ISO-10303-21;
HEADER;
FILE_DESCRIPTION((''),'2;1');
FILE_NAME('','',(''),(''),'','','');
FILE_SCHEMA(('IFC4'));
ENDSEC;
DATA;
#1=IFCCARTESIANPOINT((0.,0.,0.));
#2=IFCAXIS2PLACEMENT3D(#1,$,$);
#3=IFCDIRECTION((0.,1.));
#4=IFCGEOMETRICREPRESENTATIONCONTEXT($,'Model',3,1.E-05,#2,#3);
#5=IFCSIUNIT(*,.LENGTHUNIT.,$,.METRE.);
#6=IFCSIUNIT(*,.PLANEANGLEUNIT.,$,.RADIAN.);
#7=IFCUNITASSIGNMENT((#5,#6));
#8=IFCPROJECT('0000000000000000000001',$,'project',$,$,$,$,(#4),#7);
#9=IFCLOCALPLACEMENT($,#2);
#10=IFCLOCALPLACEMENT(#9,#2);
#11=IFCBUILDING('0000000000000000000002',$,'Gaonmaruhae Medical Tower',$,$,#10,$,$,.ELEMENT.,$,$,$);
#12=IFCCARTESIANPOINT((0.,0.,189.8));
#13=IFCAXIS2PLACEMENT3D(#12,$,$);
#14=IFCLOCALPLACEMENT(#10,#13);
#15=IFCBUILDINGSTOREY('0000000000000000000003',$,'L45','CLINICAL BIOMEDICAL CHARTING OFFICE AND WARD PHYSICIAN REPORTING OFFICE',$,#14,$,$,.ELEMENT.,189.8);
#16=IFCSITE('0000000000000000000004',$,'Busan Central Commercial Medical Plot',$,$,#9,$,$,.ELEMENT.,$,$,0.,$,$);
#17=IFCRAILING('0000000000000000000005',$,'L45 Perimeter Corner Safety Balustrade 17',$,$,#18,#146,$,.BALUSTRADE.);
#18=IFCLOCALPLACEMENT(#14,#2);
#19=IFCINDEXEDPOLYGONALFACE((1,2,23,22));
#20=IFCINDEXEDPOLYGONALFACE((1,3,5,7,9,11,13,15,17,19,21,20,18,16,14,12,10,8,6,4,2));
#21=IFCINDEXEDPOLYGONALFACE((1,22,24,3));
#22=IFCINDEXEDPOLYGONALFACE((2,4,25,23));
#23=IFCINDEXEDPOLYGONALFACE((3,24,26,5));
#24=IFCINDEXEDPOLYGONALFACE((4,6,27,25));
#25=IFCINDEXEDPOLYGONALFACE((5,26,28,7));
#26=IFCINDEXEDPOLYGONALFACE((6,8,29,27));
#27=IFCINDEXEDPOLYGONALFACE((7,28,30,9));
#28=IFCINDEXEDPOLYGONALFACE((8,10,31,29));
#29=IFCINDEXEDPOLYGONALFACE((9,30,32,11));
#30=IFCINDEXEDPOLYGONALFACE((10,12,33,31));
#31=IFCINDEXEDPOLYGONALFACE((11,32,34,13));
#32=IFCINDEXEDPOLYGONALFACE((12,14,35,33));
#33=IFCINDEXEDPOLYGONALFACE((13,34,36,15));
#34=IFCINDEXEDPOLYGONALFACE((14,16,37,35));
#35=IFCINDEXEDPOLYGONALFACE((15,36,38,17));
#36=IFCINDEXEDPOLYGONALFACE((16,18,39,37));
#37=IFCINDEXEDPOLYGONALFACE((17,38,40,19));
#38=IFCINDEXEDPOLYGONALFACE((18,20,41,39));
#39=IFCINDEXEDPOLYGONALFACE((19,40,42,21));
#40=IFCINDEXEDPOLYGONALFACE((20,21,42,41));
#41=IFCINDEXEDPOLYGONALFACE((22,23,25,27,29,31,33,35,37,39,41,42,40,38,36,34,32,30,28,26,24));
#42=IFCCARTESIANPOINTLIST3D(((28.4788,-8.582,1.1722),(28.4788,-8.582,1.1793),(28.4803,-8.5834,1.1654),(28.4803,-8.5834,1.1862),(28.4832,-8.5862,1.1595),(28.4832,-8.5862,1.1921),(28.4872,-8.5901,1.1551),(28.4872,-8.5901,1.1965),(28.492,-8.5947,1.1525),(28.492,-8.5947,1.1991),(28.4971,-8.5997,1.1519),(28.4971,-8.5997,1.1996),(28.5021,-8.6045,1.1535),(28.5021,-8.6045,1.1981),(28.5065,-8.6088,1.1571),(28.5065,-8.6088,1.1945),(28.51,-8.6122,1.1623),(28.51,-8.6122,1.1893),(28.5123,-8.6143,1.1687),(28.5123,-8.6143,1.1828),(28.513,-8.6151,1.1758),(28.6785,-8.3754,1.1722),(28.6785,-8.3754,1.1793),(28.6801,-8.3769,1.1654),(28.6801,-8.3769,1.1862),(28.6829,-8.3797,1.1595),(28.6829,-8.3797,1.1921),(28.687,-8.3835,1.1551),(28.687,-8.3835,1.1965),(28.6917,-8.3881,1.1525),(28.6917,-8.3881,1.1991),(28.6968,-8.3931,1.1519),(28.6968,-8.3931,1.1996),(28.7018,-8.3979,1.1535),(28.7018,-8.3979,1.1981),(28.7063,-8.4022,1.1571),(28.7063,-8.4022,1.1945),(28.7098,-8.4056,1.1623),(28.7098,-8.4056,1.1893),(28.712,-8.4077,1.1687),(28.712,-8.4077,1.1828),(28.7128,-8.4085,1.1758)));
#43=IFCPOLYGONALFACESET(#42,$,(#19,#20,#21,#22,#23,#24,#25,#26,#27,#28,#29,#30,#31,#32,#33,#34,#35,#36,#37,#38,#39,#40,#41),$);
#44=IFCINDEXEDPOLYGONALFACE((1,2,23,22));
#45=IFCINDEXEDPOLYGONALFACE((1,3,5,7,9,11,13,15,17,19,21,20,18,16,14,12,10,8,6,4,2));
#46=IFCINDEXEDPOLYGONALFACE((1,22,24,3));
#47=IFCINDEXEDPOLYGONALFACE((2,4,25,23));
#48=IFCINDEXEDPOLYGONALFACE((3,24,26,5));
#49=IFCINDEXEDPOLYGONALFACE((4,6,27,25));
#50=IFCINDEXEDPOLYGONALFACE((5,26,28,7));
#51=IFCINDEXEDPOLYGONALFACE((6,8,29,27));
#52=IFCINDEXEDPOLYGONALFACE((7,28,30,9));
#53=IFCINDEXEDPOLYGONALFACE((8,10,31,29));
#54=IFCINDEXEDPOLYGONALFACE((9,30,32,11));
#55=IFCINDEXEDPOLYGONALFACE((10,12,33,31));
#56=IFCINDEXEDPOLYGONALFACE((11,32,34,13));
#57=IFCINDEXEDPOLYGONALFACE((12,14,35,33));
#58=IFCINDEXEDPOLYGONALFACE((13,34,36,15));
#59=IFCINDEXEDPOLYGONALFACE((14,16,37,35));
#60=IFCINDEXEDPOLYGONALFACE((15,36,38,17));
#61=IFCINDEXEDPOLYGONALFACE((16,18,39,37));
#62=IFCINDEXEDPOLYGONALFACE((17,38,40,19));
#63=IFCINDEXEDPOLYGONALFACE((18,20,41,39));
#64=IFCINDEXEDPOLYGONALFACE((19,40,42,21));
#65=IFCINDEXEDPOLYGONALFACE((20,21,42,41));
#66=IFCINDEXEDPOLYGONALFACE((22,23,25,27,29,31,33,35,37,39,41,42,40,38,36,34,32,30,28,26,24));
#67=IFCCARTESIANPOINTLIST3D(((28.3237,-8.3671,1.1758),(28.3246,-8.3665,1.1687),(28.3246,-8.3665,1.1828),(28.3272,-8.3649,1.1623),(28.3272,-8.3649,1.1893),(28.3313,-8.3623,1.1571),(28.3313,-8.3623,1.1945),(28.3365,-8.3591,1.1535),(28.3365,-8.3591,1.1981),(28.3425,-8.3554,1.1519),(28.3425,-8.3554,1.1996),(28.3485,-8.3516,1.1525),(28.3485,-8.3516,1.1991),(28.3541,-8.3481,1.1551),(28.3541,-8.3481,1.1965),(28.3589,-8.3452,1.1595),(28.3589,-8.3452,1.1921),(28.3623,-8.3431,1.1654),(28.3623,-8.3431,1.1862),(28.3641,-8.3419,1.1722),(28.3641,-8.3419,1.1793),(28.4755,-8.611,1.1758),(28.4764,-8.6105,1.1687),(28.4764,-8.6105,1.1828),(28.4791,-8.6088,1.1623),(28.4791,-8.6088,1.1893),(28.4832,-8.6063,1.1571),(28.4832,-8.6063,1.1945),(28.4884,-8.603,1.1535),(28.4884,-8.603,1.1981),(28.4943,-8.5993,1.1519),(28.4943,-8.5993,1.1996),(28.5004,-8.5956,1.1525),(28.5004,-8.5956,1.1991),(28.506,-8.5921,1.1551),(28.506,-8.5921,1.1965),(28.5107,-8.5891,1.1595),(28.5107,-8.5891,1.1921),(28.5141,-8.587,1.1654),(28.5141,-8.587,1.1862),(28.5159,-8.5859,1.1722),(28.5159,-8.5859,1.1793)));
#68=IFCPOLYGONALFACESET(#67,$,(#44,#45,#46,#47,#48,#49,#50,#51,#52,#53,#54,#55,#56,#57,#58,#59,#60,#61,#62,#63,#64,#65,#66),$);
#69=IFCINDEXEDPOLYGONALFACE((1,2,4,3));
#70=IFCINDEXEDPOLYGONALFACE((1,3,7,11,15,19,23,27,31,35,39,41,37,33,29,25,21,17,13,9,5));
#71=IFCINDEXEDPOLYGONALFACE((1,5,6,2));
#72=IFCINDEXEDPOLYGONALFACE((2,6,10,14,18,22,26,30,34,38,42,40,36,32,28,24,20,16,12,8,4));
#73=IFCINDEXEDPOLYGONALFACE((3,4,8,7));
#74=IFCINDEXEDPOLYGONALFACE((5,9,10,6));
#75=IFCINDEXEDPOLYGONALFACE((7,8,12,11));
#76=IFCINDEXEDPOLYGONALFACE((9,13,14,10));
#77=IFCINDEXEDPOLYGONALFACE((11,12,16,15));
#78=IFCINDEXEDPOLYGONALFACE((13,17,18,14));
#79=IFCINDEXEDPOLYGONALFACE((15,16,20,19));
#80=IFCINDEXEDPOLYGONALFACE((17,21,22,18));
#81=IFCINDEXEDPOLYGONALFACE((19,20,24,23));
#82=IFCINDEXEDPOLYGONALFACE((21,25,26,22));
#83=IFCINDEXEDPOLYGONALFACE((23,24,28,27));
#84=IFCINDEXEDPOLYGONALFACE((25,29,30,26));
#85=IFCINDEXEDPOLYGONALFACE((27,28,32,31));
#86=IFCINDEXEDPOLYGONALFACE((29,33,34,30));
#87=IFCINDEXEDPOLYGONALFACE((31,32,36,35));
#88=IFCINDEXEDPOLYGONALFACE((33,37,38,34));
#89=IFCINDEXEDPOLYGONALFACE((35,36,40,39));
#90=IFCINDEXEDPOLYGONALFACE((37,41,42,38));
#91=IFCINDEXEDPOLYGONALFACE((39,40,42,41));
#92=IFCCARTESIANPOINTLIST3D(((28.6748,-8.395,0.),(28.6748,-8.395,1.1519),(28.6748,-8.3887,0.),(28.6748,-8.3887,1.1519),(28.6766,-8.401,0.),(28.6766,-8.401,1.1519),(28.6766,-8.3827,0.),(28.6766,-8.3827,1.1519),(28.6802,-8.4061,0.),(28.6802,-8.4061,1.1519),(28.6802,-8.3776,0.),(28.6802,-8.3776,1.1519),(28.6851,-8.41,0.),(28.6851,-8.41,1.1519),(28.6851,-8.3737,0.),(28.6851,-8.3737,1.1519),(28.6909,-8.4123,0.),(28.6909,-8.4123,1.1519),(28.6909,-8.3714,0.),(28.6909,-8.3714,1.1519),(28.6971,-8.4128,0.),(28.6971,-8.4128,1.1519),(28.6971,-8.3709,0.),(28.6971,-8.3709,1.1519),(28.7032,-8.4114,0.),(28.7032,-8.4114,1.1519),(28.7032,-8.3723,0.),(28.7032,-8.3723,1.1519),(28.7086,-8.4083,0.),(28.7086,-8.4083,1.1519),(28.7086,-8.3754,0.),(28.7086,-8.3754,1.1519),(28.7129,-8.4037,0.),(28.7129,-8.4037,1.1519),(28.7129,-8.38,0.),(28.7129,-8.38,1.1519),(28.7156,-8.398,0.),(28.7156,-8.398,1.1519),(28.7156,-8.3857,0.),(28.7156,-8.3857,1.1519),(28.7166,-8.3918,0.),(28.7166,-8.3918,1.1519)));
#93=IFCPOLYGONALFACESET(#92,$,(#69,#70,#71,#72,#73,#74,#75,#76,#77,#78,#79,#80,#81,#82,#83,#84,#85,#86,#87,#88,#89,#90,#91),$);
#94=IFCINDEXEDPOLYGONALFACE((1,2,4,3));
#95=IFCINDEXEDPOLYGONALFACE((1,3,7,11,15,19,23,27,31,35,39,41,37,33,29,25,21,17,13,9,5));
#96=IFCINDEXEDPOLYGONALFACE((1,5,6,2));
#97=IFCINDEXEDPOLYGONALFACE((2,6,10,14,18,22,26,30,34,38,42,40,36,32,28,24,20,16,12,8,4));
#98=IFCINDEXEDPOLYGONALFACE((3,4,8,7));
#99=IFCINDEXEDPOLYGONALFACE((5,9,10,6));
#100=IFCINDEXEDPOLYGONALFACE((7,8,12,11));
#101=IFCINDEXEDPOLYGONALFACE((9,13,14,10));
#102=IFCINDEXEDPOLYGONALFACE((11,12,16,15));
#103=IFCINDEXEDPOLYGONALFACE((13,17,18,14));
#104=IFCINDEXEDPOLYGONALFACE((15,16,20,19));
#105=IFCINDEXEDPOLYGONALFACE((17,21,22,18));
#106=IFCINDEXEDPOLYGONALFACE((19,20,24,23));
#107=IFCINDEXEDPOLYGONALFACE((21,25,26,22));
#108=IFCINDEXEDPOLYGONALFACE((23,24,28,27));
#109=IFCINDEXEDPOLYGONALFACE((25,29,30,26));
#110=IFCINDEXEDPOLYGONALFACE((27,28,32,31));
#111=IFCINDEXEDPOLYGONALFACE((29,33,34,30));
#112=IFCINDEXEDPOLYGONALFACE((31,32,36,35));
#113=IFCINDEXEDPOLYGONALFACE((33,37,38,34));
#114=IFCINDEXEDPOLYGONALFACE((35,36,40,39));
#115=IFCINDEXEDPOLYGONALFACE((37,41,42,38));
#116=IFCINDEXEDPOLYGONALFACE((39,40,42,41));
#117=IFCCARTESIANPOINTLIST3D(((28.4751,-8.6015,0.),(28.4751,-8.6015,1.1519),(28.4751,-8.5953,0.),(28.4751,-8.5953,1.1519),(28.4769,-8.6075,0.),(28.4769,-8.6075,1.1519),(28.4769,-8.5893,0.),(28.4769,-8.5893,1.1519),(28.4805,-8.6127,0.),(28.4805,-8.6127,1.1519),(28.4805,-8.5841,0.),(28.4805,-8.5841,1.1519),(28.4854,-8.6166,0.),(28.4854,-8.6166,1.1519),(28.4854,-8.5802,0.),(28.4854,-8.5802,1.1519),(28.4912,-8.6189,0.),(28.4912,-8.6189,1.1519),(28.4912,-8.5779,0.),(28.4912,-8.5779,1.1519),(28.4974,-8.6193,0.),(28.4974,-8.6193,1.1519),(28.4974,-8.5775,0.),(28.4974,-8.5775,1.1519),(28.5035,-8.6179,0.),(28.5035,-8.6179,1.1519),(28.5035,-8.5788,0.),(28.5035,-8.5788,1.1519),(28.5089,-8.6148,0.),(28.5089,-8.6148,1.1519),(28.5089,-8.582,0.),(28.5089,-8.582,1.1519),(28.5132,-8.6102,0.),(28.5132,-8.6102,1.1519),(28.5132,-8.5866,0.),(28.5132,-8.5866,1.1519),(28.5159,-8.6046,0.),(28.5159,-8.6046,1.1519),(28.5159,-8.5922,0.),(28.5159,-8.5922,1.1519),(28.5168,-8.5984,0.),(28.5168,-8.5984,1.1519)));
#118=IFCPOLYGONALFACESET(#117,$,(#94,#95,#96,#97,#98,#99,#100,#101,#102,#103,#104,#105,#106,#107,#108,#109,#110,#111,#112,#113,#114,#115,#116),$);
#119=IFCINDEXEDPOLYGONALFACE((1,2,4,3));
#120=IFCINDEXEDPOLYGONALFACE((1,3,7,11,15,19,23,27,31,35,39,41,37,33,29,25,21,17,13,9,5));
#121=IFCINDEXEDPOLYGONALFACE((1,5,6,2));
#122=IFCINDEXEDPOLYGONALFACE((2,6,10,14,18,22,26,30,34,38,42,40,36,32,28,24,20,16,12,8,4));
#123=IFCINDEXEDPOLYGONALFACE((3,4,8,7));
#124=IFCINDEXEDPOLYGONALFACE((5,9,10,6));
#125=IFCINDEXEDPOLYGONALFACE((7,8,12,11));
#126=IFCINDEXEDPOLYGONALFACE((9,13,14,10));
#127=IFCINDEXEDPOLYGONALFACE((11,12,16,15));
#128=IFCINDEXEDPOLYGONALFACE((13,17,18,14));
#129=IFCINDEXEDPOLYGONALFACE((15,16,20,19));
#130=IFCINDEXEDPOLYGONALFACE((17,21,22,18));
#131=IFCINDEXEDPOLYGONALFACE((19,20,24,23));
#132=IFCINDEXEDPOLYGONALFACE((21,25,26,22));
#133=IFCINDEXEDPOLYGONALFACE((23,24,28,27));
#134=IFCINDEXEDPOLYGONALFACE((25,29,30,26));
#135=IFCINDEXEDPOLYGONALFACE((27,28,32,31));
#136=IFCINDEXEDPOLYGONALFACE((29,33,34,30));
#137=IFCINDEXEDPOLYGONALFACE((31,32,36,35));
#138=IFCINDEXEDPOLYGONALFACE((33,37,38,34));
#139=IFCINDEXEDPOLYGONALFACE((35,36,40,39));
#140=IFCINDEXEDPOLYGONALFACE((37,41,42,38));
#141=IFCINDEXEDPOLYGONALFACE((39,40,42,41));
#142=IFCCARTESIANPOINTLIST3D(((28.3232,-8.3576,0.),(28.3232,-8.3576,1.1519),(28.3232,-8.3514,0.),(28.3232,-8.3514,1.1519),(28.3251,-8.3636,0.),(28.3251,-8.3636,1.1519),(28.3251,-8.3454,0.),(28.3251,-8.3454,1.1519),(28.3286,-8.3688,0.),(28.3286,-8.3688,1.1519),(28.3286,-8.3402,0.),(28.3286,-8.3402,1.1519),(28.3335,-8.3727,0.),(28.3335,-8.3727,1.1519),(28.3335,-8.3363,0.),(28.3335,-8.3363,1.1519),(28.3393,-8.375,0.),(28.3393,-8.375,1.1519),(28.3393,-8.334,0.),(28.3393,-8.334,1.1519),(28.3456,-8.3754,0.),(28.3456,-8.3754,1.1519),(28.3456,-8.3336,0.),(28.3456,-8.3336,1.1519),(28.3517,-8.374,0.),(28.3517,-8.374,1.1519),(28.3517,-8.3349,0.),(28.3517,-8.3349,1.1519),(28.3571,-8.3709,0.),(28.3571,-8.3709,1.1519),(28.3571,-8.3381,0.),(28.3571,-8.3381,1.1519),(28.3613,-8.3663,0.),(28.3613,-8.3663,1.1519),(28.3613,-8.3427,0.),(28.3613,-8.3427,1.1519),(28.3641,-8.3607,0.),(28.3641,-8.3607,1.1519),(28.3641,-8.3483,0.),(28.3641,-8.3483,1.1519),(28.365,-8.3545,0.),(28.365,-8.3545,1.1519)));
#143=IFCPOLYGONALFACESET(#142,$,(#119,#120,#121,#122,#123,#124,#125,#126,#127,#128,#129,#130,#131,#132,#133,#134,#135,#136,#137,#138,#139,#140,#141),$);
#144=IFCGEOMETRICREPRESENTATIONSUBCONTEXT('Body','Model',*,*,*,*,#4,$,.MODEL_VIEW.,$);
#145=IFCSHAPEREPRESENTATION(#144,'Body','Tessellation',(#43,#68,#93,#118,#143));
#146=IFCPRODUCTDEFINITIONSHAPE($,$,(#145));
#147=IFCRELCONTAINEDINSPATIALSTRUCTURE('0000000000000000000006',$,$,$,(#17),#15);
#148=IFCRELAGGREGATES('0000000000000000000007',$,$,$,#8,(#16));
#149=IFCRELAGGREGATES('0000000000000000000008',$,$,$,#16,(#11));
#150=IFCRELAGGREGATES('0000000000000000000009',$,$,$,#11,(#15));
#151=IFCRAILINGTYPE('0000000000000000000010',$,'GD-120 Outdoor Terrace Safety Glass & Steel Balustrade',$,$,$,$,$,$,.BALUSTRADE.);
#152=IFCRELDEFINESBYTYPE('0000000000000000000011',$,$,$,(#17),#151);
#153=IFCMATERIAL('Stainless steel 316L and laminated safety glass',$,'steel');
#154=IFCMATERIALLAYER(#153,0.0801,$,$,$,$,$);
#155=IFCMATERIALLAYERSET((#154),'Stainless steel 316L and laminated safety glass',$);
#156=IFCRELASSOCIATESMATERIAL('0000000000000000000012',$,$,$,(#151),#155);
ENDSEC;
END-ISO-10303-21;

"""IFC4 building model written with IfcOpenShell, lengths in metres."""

from ifc_helpers import new_model, si_unit, direction, frame, origin, origin_2d, place, context, subcontext, project, spatial, circle, extrude, material, layer, layer_set, type_object, element, save


model = new_model("IFC4")

# Units and contexts
model_context = context("Model", 3, precision=1e-05, world=origin(), true_north=direction((0.0, 1.0)))
body_context = subcontext(model_context, "Body", "Model", "MODEL_VIEW")
ifc_project = project(units=[si_unit("LENGTHUNIT", "METRE"), si_unit("PLANEANGLEUNIT", "RADIAN")], contexts=[model_context])

# Site, building, storey
site_placement = place(None, origin())
site = spatial("IfcSite", under=ifc_project, at=site_placement, Name="Busan Central Commercial Medical Plot", CompositionType="ELEMENT", RefElevation=0.0)
building_placement = place(site_placement, origin())
building = spatial("IfcBuilding", under=site, at=building_placement, Name="Gaonmaruhae Medical Tower", CompositionType="ELEMENT")
storey_placement = place(building_placement, frame((0.0, 0.0, 189.8)))
storey = spatial("IfcBuildingStorey", under=building, at=storey_placement, Name="L45", Description="CLINICAL BIOMEDICAL CHARTING OFFICE AND WARD PHYSICIAN REPORTING OFFICE", CompositionType="ELEMENT", Elevation=189.8)

# Railing
ifc_material_1 = material(Name="Stainless steel 316L and laminated safety glass", Category="steel")
ifc_layer_1 = layer(ifc_material_1, 0.0801)
ifc_layer_set_1 = layer_set([ifc_layer_1], Name="Stainless steel 316L and laminated safety glass")
railing_type = type_object("IfcRailingType", Name="GD-120 Outdoor Terrace Safety Glass & Steel Balustrade", PredefinedType="BALUSTRADE", material=ifc_layer_set_1)
railing_1_placement = place(storey_placement, frame((28.6956, -8.3918, 0.0)))
element("IfcRailing", 1, at=railing_1_placement, inside=storey, type_object=railing_type, Name="L45 Perimeter Corner Safety Balustrade 17", PredefinedType="BALUSTRADE", context=body_context, shape_type="SweptSolid", body=[
    extrude(circle(Radius=0.0239, at=origin_2d()), frame((0.0, 0.0, 1.1758), z_axis=(-0.69511, -0.718903, 0.0), x_axis=(0.718903, -0.69511, 0.0)), (0.0, 0.0, 1.0), 0.2874),
    extrude(circle(Radius=0.0239, at=origin_2d()), frame((-0.1997, -0.2065, 1.1758), z_axis=(-0.528547, 0.848904, 0.0), x_axis=(-0.848904, -0.528547, 0.0)), (0.0, 0.0, 1.0), 0.2874),
    extrude(circle(Radius=0.021, at=origin_2d()), origin(), (0.0, 0.0, 1.0), 1.1519),
    extrude(circle(Radius=0.021, at=origin_2d()), frame((-0.1997, -0.2065, 0.0)), (0.0, 0.0, 1.0), 1.1519),
    extrude(circle(Radius=0.021, at=origin_2d()), frame((-0.3516, 0.0374, 0.0)), (0.0, 0.0, 1.0), 1.1519),
])

save(model, "model.ifc")
